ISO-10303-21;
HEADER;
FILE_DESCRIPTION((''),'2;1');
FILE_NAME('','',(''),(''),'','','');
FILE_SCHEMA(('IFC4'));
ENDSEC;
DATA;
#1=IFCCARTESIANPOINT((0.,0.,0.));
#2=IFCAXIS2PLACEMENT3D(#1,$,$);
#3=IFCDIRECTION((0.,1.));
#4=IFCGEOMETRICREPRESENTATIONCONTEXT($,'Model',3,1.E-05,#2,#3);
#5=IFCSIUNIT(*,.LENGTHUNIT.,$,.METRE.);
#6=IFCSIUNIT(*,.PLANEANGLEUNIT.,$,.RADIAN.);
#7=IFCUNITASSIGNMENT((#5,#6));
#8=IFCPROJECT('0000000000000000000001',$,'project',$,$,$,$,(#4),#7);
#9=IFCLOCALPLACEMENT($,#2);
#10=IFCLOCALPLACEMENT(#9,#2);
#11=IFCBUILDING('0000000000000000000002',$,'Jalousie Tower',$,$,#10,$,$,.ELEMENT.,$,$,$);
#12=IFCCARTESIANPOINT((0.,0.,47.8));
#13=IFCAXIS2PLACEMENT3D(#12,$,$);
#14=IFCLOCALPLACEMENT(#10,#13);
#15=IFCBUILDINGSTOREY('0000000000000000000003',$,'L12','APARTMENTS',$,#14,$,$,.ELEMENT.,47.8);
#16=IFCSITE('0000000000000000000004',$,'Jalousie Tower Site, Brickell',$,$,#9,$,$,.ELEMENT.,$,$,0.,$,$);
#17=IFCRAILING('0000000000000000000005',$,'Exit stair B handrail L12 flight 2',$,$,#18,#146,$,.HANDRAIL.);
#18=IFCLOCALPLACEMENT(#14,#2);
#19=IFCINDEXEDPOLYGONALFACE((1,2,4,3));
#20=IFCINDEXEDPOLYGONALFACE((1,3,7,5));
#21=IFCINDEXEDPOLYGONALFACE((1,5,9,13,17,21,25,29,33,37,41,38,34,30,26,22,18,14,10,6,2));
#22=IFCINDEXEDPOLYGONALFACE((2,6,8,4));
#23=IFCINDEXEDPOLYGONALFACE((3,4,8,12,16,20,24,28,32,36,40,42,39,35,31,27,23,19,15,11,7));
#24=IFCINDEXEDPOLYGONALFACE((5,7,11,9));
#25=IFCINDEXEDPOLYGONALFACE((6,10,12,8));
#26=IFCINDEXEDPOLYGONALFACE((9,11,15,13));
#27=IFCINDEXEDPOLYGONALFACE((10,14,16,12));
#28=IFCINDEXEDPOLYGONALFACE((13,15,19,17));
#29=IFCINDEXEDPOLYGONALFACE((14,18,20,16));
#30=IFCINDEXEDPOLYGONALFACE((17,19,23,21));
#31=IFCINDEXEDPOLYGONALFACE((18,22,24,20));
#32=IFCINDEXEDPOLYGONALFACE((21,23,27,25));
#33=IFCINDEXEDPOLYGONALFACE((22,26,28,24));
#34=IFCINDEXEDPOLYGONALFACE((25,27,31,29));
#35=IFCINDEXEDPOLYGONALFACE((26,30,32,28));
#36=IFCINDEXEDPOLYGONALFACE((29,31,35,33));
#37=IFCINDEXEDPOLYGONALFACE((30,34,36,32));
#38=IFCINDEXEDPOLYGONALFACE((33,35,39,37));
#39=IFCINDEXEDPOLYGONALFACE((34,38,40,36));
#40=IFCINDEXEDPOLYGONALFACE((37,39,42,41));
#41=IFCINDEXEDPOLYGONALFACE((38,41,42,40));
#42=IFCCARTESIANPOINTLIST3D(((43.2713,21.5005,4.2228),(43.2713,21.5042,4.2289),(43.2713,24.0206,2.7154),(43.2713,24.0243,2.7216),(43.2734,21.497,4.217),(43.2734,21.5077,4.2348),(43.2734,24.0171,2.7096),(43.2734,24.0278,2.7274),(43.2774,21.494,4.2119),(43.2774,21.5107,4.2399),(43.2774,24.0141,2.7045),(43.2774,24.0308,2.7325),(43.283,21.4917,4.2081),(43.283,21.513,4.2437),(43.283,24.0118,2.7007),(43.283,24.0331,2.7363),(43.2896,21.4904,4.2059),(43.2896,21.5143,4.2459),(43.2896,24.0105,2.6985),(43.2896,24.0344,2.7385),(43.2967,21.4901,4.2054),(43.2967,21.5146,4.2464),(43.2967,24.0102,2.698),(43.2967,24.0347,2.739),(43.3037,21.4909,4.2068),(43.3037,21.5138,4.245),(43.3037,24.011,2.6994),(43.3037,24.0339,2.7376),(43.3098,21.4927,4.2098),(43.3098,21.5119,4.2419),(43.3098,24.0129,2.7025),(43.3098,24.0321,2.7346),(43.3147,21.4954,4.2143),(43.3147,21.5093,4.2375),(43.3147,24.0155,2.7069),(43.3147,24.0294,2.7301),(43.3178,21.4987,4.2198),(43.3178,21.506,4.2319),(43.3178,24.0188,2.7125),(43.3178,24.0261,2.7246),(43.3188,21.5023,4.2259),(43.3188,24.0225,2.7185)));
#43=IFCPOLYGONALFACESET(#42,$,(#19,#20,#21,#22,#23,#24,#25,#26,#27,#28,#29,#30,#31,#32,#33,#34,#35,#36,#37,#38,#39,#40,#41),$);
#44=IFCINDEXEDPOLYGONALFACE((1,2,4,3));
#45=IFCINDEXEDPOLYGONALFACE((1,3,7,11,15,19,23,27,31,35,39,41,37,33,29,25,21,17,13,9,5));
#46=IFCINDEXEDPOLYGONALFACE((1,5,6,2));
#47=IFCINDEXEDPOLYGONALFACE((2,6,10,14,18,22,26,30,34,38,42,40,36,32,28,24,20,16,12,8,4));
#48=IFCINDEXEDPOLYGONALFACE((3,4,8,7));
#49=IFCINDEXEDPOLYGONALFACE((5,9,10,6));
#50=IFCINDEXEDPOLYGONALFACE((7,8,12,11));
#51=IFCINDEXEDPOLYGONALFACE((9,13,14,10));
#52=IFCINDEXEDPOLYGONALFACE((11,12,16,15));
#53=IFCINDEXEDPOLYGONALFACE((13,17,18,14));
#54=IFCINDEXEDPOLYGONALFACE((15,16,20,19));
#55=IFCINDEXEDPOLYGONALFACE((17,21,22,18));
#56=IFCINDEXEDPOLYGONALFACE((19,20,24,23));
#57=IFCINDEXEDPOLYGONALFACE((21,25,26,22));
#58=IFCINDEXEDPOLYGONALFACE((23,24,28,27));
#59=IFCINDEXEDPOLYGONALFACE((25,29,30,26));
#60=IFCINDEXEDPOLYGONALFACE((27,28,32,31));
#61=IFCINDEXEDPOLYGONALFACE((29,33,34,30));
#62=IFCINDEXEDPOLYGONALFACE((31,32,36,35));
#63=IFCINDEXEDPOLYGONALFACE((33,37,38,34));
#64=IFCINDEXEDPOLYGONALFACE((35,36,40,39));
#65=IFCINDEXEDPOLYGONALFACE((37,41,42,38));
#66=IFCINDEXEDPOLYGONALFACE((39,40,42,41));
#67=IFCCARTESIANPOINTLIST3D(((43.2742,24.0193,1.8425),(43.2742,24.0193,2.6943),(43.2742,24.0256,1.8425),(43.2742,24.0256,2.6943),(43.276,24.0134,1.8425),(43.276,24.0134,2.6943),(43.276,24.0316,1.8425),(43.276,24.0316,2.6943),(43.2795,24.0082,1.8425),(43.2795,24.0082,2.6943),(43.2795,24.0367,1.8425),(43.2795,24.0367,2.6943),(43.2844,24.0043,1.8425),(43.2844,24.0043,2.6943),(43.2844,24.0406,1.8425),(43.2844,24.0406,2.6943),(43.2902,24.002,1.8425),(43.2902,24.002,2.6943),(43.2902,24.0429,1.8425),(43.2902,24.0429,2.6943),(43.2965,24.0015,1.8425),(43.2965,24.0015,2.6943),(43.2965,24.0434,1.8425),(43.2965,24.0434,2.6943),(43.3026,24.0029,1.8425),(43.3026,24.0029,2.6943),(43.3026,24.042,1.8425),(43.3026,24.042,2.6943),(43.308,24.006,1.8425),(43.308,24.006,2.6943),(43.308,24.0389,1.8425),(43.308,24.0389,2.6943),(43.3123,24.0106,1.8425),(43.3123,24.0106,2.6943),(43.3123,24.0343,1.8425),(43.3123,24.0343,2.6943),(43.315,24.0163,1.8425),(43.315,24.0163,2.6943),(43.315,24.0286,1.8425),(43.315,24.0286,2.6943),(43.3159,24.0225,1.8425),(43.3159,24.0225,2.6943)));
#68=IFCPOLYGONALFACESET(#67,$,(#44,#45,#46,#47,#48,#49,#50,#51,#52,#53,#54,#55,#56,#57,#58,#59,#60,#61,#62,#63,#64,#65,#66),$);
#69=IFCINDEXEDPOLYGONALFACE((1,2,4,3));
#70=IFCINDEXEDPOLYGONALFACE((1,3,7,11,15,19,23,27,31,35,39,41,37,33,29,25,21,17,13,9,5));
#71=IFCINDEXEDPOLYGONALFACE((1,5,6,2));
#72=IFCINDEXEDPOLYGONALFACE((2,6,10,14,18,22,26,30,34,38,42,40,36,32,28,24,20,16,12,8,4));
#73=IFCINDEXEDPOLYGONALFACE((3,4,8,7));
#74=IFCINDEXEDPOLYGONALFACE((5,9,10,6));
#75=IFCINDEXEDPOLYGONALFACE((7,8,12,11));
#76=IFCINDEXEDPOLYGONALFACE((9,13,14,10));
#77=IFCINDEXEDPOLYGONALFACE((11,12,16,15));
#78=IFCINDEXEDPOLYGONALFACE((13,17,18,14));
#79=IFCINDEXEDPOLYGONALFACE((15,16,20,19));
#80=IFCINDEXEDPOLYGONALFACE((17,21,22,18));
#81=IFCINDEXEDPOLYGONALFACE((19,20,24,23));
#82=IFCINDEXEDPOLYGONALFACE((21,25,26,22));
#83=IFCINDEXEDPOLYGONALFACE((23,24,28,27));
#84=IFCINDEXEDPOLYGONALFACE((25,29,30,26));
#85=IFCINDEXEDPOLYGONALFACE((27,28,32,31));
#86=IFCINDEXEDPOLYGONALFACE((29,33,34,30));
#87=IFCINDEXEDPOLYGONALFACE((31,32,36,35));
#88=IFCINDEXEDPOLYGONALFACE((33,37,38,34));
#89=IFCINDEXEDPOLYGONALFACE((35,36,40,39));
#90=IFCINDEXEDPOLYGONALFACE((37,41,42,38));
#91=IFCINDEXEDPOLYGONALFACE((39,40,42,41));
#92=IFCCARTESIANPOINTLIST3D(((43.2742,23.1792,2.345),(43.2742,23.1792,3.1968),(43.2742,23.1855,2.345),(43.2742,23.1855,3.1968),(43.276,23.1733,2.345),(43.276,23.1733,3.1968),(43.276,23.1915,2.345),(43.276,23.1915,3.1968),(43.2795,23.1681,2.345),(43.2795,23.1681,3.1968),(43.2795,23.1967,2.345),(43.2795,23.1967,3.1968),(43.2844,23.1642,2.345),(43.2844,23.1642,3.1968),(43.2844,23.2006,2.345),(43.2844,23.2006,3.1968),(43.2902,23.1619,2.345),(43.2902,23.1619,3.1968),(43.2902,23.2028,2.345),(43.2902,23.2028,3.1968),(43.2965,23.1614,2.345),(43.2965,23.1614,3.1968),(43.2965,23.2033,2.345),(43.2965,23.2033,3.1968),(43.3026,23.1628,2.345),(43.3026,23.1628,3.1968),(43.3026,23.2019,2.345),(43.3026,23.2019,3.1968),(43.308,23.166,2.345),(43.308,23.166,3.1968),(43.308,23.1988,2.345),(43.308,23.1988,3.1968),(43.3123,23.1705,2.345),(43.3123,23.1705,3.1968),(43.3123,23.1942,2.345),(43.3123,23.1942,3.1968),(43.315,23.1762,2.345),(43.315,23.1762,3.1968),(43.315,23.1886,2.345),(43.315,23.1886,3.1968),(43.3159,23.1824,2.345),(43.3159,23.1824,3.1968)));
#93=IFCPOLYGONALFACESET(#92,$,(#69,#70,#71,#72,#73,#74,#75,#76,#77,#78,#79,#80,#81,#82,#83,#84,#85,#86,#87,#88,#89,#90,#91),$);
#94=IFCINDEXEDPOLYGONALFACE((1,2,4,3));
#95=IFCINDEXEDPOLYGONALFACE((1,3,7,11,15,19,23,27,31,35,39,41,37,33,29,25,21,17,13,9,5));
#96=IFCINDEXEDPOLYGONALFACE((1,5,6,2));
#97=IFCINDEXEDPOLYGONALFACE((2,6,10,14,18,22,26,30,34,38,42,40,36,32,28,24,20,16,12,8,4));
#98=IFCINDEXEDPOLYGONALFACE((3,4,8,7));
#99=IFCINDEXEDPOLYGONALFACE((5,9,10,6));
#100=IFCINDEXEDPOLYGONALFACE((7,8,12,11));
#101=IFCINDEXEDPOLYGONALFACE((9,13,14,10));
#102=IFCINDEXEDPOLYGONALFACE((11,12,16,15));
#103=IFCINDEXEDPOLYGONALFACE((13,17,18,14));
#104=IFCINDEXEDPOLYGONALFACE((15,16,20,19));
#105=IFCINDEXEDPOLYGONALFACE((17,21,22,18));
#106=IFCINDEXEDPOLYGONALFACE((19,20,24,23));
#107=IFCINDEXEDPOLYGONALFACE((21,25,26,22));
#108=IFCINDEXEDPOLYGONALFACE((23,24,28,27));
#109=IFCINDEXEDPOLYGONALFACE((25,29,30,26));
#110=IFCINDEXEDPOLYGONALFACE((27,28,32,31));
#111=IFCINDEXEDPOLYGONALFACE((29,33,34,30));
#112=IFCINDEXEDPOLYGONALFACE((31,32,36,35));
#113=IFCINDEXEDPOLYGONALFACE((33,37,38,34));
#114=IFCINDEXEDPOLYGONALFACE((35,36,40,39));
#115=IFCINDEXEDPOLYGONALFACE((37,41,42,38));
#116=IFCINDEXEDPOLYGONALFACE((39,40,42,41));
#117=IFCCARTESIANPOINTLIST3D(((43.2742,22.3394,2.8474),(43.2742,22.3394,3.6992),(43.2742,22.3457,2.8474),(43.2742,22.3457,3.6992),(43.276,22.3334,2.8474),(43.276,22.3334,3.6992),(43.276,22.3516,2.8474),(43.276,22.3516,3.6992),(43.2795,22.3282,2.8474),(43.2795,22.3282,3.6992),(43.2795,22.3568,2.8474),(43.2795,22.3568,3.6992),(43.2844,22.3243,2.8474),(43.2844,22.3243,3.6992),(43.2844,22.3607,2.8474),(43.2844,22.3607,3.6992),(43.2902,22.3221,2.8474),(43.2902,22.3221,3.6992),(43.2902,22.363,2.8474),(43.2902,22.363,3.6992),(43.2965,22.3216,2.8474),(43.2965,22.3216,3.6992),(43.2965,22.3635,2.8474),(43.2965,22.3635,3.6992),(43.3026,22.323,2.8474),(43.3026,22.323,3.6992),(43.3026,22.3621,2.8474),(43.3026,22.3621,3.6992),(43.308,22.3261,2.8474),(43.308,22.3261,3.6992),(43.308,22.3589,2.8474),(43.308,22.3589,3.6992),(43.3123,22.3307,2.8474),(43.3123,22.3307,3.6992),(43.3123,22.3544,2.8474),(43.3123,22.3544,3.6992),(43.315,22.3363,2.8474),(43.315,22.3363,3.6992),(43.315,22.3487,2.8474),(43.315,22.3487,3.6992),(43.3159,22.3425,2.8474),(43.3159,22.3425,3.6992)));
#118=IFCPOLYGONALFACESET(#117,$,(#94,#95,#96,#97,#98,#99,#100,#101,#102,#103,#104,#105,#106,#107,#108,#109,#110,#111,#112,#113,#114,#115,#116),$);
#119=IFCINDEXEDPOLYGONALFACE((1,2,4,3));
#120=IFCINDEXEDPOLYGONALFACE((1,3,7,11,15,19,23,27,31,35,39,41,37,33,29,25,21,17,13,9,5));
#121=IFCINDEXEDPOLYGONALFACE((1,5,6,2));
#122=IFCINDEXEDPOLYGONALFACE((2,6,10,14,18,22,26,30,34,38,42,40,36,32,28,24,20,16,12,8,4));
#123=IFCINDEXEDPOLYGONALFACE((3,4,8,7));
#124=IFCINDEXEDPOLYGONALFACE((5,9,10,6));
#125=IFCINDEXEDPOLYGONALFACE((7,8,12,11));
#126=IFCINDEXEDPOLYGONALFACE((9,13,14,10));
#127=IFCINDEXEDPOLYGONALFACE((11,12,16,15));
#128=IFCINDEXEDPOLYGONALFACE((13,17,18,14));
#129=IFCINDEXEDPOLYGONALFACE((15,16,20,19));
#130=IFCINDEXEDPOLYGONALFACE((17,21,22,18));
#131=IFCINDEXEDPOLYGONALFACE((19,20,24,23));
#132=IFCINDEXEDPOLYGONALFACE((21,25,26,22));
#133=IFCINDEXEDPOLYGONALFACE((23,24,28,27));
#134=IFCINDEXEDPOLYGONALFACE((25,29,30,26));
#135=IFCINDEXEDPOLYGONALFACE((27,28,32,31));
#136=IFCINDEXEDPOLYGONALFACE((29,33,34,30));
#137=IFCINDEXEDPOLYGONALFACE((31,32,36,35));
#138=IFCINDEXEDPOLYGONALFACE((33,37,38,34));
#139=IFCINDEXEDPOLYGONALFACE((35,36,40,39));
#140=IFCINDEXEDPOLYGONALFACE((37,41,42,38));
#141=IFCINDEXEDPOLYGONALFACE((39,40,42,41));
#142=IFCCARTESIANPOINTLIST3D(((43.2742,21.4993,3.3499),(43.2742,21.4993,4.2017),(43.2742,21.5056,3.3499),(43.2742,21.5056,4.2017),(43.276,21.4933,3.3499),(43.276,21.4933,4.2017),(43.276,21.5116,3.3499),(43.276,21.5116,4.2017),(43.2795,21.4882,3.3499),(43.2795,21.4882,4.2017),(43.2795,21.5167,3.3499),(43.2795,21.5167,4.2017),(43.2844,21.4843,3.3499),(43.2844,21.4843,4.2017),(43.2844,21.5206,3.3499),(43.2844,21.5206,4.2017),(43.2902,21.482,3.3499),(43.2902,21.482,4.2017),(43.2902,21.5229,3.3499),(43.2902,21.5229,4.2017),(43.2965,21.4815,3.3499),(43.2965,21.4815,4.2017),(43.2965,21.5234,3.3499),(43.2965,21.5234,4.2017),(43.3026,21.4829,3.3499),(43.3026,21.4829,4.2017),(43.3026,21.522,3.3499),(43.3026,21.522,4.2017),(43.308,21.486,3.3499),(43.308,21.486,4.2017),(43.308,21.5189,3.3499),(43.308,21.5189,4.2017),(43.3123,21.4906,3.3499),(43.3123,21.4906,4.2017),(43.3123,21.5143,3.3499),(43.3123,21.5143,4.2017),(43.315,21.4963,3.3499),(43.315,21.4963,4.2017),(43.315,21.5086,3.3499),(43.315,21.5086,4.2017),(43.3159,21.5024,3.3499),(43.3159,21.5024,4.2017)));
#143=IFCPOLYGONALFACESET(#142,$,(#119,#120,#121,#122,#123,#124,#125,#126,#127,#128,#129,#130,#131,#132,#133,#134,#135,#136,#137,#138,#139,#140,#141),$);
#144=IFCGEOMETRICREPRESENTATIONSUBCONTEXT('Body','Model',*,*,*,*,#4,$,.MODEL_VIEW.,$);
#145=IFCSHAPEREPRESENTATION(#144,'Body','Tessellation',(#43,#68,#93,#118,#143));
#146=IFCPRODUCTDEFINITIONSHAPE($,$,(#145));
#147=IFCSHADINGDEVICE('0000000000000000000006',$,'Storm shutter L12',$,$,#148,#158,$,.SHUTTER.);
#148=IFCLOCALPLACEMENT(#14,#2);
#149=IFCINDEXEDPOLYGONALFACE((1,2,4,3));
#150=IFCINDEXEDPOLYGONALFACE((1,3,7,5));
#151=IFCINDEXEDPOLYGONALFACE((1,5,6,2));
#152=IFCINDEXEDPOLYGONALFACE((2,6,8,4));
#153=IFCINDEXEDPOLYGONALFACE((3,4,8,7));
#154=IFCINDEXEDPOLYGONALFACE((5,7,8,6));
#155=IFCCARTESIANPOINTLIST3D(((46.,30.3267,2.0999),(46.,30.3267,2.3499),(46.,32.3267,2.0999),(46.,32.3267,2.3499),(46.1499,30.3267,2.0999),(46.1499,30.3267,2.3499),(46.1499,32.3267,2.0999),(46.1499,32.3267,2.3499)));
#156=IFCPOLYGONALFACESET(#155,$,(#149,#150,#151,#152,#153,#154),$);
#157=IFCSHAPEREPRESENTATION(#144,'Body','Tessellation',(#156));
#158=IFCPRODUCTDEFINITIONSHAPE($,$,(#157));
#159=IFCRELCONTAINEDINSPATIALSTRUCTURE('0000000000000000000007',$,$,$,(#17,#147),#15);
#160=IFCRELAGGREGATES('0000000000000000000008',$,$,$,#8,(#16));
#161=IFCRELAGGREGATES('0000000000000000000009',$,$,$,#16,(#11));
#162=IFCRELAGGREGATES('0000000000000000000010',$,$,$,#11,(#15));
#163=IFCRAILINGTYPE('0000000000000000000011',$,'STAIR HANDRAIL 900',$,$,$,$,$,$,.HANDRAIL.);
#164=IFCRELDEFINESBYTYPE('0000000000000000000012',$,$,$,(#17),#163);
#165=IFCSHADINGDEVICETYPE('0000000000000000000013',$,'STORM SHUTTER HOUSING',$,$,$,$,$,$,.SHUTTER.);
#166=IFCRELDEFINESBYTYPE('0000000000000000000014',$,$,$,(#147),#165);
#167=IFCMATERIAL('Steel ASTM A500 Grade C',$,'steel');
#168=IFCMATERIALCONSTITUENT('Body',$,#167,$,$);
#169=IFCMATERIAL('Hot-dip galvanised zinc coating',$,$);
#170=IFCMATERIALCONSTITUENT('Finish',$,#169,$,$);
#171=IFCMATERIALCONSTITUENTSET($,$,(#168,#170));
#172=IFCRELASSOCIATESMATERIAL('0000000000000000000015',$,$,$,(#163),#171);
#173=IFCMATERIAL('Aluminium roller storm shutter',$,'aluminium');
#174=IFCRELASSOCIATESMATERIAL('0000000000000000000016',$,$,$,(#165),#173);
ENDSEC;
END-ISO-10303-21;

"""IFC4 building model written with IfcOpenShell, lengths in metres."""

from ifc_helpers import new_model, si_unit, direction, frame, origin, origin_2d, place, context, subcontext, project, spatial, rectangle, circle, extrude, material, constituent, constituent_set, type_object, element, save


model = new_model("IFC4")

# Units and contexts
model_context = context("Model", 3, precision=1e-05, world=origin(), true_north=direction((0.0, 1.0)))
body_context = subcontext(model_context, "Body", "Model", "MODEL_VIEW")
ifc_project = project(units=[si_unit("LENGTHUNIT", "METRE"), si_unit("PLANEANGLEUNIT", "RADIAN")], contexts=[model_context])

# Site, building, storey
site_placement = place(None, origin())
site = spatial("IfcSite", under=ifc_project, at=site_placement, Name="Jalousie Tower Site, Brickell", CompositionType="ELEMENT", RefElevation=0.0)
building_placement = place(site_placement, origin())
building = spatial("IfcBuilding", under=site, at=building_placement, Name="Jalousie Tower", CompositionType="ELEMENT")
storey_placement = place(building_placement, frame((0.0, 0.0, 47.8)))
storey = spatial("IfcBuildingStorey", under=building, at=storey_placement, Name="L12", Description="APARTMENTS", CompositionType="ELEMENT", Elevation=47.8)

# Railing
ifc_material_1 = material(Name="Steel ASTM A500 Grade C", Category="steel")
ifc_constituent_1 = constituent(ifc_material_1, Name="Body")
ifc_material_2 = material(Name="Hot-dip galvanised zinc coating")
ifc_constituent_2 = constituent(ifc_material_2, Name="Finish")
ifc_constituent_set_1 = constituent_set(constituents=[ifc_constituent_1, ifc_constituent_2])
railing_type_1 = type_object("IfcRailingType", Name="STAIR HANDRAIL 900", PredefinedType="HANDRAIL", material=ifc_constituent_set_1)
railing_1_placement = place(storey_placement, frame((43.2949, 24.0225, 1.8425)))
element("IfcRailing", 1, at=railing_1_placement, inside=storey, type_object=railing_type_1, Name="Exit stair B handrail L12 flight 2", PredefinedType="HANDRAIL", context=body_context, shape_type="SweptSolid", body=[
    extrude(circle(Radius=0.0239, at=origin_2d()), frame((0.0, 0.0, 0.876), z_axis=(0.0, -0.858196, 0.513321), x_axis=(1.0, 0.0, 0.0)), (0.0, 0.0, 1.0), 2.9365),
    extrude(circle(Radius=0.021, at=origin_2d()), origin(), (0.0, 0.0, 1.0), 0.8518),
    extrude(circle(Radius=0.021, at=origin_2d()), frame((0.0, -0.8401, 0.5024)), (0.0, 0.0, 1.0), 0.8518),
    extrude(circle(Radius=0.021, at=origin_2d()), frame((0.0, -1.6799, 1.0049)), (0.0, 0.0, 1.0), 0.8518),
    extrude(circle(Radius=0.021, at=origin_2d()), frame((0.0, -2.52, 1.5073)), (0.0, 0.0, 1.0), 0.8518),
])

# Shading device
ifc_material_3 = material(Name="Aluminium roller storm shutter", Category="aluminium")
shading_device_type = type_object("IfcShadingDeviceType", Name="STORM SHUTTER HOUSING", PredefinedType="SHUTTER", material=ifc_material_3)
shading_device_placement = place(storey_placement, frame((46.075, 31.3267, 2.0999), z_axis=(0.0, 0.0, 1.0), x_axis=(0.0, 1.0, 0.0)))
element("IfcShadingDevice", 2, at=shading_device_placement, inside=storey, type_object=shading_device_type, Name="Storm shutter L12", PredefinedType="SHUTTER", context=body_context, shape_type="SweptSolid", body=[
    extrude(rectangle(XDim=2.0, YDim=0.1499, at=origin_2d()), origin(), (0.0, 0.0, 1.0), 0.25),
])

save(model, "model.ifc")
